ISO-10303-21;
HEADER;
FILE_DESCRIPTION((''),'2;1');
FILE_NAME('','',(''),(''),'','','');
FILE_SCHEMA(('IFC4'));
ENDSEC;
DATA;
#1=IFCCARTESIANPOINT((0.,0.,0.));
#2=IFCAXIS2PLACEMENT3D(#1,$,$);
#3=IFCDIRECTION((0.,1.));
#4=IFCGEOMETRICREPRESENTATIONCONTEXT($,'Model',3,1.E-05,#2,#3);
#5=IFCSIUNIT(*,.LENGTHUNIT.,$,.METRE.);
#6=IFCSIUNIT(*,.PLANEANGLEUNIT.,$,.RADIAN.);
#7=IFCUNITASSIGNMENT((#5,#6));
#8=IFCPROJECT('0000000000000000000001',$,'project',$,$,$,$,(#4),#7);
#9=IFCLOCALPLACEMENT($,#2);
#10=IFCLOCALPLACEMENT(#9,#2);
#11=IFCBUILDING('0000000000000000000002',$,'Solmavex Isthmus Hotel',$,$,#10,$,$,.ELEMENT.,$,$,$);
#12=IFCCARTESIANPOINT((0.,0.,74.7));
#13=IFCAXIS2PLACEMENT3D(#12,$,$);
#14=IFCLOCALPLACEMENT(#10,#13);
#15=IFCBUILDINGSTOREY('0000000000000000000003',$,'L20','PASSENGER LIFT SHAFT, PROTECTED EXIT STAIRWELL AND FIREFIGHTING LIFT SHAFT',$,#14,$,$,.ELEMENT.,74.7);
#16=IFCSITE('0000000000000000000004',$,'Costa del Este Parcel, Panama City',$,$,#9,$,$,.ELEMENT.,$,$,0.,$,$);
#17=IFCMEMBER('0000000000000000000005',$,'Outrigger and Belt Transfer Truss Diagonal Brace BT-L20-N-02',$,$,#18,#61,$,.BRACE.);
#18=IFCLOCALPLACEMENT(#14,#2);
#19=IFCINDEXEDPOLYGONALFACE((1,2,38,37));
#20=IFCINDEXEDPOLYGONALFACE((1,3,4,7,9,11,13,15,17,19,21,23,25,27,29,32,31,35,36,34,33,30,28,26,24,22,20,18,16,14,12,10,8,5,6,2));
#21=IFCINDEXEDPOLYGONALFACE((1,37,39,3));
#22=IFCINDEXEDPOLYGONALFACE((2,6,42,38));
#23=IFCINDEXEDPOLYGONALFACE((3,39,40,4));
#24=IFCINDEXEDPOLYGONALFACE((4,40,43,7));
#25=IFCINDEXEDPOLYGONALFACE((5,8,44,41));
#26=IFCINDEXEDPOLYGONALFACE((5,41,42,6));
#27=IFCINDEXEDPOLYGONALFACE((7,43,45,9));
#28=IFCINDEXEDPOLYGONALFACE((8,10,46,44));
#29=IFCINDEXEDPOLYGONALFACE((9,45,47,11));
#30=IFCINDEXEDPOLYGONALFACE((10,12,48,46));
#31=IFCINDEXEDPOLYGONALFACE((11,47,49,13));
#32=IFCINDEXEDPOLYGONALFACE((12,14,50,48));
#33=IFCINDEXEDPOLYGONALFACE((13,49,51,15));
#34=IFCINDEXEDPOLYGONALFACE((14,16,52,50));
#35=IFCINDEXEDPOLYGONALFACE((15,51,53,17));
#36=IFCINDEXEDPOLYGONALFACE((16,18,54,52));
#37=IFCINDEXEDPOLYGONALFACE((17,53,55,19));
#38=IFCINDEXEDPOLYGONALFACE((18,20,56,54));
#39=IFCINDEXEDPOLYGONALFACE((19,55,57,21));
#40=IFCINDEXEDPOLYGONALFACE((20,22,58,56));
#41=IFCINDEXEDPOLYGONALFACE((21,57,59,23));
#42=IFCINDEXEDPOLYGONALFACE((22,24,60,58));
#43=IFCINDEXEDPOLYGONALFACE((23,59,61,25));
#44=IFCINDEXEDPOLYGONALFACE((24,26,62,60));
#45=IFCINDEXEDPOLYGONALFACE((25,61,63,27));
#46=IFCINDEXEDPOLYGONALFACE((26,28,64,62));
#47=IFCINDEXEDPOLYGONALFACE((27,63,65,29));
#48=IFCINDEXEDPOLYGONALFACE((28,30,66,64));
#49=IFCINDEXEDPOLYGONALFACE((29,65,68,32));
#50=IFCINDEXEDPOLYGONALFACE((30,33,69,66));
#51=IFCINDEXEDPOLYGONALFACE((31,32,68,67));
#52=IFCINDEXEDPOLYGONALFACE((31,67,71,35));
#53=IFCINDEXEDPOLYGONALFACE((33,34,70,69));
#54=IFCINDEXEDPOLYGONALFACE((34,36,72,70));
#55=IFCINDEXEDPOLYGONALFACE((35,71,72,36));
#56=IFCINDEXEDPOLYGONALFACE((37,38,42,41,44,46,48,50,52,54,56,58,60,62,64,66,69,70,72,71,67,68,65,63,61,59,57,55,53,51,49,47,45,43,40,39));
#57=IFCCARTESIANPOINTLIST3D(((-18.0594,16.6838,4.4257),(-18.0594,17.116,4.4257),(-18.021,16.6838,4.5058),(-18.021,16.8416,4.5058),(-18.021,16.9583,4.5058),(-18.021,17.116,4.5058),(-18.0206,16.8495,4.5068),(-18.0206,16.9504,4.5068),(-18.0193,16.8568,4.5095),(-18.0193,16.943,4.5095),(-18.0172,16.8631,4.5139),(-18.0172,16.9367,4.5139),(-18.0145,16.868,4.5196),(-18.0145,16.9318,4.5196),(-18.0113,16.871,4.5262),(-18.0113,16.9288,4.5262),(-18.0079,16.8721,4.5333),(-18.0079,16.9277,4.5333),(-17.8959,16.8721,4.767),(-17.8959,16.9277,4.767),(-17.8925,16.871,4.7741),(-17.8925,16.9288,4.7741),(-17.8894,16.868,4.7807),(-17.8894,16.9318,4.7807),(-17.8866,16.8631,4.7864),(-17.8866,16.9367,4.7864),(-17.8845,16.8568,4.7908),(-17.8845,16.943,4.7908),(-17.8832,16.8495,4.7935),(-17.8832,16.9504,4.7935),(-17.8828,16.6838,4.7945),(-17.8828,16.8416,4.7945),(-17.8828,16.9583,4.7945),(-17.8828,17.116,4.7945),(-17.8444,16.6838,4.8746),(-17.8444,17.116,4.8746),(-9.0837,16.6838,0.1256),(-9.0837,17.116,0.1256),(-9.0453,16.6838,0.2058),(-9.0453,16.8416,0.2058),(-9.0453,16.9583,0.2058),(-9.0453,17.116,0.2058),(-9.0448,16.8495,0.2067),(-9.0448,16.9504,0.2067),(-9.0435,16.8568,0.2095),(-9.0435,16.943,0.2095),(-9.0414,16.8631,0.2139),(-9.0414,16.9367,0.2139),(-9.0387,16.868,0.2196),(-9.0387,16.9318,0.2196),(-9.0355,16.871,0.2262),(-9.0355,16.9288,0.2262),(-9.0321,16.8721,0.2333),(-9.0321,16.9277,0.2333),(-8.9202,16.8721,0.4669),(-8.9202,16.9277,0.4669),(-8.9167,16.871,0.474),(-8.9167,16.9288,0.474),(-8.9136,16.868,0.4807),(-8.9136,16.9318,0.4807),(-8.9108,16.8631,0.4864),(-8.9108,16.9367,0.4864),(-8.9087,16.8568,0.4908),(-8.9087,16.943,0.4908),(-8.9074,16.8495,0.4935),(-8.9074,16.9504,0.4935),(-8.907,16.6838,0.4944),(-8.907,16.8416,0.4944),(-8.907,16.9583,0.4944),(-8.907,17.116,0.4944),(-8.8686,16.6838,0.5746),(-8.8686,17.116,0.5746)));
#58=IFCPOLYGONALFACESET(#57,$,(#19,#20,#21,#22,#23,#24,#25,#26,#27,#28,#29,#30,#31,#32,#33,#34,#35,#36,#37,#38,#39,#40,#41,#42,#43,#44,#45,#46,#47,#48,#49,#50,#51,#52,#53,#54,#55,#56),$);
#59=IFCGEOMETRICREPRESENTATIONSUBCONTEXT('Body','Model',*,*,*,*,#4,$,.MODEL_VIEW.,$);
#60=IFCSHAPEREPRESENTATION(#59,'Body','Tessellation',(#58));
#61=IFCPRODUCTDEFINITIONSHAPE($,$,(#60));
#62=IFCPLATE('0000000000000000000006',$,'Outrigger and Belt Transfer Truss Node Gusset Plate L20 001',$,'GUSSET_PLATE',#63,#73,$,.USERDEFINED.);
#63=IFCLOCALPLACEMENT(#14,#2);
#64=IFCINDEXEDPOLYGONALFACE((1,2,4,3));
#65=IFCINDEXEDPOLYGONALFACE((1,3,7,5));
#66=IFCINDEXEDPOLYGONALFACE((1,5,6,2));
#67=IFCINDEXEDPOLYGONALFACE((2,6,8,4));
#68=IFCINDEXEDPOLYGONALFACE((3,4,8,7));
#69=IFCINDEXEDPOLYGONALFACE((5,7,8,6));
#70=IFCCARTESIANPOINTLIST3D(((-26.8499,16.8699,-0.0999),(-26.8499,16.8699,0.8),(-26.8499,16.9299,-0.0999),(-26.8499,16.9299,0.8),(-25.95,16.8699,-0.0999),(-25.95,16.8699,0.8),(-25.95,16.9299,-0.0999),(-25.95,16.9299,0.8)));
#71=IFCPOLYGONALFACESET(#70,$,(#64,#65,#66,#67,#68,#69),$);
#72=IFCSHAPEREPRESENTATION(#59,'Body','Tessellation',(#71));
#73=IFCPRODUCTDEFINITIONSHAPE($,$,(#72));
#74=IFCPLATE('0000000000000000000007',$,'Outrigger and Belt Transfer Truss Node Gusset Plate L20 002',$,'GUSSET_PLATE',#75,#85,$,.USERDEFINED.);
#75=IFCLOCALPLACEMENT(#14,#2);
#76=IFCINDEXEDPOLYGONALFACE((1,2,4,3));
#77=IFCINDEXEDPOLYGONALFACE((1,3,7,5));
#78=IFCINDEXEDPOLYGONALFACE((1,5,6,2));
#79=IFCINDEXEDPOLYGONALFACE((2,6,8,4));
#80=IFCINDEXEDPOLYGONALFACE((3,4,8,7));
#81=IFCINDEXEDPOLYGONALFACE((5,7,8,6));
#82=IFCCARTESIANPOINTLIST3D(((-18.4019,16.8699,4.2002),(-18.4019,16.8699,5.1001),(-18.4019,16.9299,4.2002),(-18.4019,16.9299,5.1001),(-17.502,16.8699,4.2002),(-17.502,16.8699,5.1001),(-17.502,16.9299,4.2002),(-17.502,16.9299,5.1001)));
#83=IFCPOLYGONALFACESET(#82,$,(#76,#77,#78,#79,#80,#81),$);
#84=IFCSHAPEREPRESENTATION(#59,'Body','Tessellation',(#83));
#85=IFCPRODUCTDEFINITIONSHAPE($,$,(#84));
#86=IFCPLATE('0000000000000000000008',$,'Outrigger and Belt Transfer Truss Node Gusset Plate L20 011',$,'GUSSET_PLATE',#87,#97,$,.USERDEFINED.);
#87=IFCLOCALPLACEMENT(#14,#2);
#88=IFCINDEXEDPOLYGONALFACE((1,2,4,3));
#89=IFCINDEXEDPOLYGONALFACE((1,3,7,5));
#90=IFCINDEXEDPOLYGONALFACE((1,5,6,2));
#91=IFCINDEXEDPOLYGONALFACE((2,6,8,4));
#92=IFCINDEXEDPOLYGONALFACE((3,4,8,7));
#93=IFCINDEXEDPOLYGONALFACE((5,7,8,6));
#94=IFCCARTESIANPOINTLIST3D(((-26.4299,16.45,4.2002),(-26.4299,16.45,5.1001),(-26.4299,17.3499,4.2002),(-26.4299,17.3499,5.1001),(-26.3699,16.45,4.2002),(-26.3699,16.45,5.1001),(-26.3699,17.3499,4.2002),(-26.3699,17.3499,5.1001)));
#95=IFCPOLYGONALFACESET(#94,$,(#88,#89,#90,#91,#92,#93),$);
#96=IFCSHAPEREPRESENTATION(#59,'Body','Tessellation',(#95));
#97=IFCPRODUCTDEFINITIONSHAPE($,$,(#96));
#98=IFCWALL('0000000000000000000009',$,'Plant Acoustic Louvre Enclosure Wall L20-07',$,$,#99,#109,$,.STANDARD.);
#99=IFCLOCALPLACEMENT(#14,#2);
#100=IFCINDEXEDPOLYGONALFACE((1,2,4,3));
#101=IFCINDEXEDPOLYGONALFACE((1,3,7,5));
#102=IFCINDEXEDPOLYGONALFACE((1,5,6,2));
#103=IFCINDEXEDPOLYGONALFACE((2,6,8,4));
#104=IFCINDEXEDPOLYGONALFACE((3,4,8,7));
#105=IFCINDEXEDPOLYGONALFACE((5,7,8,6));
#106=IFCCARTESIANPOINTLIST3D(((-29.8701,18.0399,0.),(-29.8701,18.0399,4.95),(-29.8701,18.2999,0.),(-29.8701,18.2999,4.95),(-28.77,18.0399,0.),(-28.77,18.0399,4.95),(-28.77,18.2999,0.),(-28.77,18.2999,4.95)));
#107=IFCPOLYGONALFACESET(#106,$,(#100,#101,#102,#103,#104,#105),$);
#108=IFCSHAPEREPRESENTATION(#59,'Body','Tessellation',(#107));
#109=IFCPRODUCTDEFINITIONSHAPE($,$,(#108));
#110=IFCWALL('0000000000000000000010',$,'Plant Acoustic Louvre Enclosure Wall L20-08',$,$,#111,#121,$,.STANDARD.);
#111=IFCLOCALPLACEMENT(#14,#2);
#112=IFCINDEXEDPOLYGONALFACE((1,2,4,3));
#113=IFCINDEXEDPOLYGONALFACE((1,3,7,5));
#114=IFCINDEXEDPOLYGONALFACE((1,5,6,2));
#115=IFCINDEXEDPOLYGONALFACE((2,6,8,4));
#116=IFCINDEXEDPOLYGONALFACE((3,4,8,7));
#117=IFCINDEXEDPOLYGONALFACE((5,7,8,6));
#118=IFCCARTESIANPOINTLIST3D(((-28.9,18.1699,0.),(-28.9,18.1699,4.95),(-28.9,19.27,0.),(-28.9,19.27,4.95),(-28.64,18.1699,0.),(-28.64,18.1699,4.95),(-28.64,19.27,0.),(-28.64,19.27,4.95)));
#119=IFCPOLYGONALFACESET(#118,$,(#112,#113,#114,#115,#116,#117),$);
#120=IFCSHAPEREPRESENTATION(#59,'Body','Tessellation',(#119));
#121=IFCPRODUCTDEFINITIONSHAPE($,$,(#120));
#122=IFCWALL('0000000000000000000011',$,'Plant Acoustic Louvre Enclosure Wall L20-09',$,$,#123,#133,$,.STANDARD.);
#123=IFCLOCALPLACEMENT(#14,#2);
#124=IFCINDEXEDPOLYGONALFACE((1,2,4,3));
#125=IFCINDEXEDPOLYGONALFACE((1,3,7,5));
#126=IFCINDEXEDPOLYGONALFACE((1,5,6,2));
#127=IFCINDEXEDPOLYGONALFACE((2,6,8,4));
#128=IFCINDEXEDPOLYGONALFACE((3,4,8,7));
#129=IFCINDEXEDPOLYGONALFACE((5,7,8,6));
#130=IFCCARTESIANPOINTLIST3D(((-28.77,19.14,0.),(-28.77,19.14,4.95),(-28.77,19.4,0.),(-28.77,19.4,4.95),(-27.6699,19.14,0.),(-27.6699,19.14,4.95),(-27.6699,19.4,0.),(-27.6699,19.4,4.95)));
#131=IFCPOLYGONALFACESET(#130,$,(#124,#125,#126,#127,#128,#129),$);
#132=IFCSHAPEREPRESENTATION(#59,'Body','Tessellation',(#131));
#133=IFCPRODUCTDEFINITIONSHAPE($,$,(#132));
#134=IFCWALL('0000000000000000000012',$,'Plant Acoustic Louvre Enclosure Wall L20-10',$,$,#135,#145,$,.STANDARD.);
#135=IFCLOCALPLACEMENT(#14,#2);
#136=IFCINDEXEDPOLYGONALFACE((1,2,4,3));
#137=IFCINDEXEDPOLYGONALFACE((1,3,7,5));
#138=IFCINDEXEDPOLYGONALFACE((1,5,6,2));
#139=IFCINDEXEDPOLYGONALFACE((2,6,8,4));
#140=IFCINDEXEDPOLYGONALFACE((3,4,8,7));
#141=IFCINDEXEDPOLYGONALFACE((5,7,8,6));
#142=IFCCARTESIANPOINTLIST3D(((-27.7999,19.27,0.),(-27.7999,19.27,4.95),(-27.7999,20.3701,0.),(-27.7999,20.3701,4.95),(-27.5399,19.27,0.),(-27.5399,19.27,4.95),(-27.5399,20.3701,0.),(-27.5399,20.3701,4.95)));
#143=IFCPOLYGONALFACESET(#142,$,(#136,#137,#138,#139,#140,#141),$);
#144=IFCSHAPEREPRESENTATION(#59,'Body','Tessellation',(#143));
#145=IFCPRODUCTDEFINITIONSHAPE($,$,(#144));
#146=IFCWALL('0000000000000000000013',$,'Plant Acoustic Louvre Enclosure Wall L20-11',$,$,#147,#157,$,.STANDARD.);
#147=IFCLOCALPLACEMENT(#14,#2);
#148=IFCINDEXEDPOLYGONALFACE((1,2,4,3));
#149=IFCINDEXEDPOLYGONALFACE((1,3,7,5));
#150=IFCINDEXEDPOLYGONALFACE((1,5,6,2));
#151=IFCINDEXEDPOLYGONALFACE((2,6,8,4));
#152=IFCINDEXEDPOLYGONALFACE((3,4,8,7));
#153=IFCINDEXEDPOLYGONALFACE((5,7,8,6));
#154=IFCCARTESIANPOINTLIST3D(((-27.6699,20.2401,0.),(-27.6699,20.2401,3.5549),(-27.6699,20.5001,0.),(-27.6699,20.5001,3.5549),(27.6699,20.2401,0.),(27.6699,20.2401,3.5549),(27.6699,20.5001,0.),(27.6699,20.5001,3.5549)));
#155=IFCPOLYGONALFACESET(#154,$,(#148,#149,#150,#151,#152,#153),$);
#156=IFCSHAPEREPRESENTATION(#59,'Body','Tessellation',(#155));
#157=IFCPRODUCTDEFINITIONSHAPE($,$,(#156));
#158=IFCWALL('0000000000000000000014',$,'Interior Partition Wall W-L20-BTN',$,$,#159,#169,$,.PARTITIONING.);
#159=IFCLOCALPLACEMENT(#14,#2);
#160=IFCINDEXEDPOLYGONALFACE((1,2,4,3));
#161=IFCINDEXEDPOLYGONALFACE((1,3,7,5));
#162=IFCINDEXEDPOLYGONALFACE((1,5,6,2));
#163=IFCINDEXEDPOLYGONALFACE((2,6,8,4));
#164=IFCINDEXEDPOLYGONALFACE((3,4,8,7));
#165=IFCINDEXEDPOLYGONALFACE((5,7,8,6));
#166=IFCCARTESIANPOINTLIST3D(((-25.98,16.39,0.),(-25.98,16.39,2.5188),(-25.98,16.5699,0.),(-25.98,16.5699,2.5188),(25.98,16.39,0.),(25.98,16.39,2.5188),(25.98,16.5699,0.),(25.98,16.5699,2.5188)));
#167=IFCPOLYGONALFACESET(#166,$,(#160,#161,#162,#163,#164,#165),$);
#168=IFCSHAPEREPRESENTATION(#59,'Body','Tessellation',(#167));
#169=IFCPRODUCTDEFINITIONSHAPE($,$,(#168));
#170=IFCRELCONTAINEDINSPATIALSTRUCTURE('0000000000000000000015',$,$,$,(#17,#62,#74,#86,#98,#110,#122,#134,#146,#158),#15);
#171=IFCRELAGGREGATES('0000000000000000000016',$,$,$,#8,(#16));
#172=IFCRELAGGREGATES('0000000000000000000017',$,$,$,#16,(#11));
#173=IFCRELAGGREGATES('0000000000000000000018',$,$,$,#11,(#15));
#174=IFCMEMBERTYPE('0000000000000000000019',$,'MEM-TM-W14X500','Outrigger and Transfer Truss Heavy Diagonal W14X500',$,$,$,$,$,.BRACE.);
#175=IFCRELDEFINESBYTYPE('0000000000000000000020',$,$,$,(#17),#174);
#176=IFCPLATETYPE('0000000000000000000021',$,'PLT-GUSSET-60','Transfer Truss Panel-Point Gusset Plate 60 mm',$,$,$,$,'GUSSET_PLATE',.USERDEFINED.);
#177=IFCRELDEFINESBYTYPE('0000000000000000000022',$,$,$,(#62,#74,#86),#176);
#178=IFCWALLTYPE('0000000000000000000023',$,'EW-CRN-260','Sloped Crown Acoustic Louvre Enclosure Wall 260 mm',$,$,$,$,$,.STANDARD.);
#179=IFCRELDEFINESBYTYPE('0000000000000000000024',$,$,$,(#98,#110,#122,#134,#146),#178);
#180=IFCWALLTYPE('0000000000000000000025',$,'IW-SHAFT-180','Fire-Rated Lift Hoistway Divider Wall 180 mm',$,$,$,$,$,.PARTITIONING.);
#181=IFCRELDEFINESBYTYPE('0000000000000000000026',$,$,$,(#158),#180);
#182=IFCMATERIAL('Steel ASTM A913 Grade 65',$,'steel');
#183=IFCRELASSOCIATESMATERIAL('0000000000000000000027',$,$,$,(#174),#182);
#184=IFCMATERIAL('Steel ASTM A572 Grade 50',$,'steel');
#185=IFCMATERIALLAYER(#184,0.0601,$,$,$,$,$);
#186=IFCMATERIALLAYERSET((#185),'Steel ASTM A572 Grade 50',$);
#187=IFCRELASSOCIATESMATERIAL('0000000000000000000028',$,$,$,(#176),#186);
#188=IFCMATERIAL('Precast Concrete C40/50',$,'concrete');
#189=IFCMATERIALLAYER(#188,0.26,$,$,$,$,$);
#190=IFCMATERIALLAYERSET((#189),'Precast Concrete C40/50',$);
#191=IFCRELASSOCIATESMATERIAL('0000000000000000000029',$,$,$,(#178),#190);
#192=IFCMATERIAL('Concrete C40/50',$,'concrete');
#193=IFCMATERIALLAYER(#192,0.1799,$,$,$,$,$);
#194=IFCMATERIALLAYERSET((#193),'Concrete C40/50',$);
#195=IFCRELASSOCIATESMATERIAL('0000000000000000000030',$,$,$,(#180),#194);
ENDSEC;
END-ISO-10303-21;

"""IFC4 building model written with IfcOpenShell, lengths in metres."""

from ifc_helpers import new_model, si_unit, direction, frame, frame_2d, origin, origin_2d, place, context, subcontext, project, spatial, rectangle, i_section, extrude, material, layer, layer_set, material_profile, profile_set, type_object, element, save


model = new_model("IFC4")

# Units and contexts
model_context = context("Model", 3, precision=1e-05, world=origin(), true_north=direction((0.0, 1.0)))
body_context = subcontext(model_context, "Body", "Model", "MODEL_VIEW")
ifc_project = project(units=[si_unit("LENGTHUNIT", "METRE"), si_unit("PLANEANGLEUNIT", "RADIAN")], contexts=[model_context])

# Site, building, storey
site_placement = place(None, origin())
site = spatial("IfcSite", under=ifc_project, at=site_placement, Name="Costa del Este Parcel, Panama City", CompositionType="ELEMENT", RefElevation=0.0)
building_placement = place(site_placement, origin())
building = spatial("IfcBuilding", under=site, at=building_placement, Name="Solmavex Isthmus Hotel", CompositionType="ELEMENT")
storey_placement = place(building_placement, frame((0.0, 0.0, 74.7)))
storey = spatial("IfcBuildingStorey", under=building, at=storey_placement, Name="L20", Description="PASSENGER LIFT SHAFT, PROTECTED EXIT STAIRWELL AND FIREFIGHTING LIFT SHAFT", CompositionType="ELEMENT", Elevation=74.7)

# Shared definitions
ifc_material_1 = material(Name="Steel ASTM A913 Grade 65", Category="steel")

# Member
ifc_material_profile_1 = material_profile(ifc_material_1, i_section(OverallWidth=0.4321, OverallDepth=0.4978, WebThickness=0.0557, FlangeThickness=0.0889, FilletRadius=0.0305, at=origin_2d()), Name="W14X500")
ifc_profile_set_1 = profile_set([ifc_material_profile_1], Name="Steel ASTM A913 Grade 65")
member_type_1 = type_object("IfcMemberType", Name="MEM-TM-W14X500", Description="Outrigger and Transfer Truss Heavy Diagonal W14X500", PredefinedType="BRACE", material=ifc_profile_set_1)
member_1_placement = place(storey_placement, frame((-17.9519, 16.8999, 4.6501), z_axis=(0.90185, 0.0, -0.432049), x_axis=(0.0, 1.0, 0.0)))
element("IfcMember", 1, at=member_1_placement, inside=storey, type_object=member_type_1, Name="Outrigger and Belt Transfer Truss Diagonal Brace BT-L20-N-02", PredefinedType="BRACE", context=body_context, shape_type="SweptSolid", body=[
    extrude(i_section(OverallWidth=0.4321, OverallDepth=0.4978, WebThickness=0.0557, FlangeThickness=0.0889, FilletRadius=0.0305, at=origin_2d()), origin(), (0.0, 0.0, 1.0), 9.9526),
])

# Plates
ifc_material_2 = material(Name="Steel ASTM A572 Grade 50", Category="steel")
ifc_layer_1 = layer(ifc_material_2, 0.0601)
ifc_layer_set_1 = layer_set([ifc_layer_1], Name="Steel ASTM A572 Grade 50")
plate_type = type_object("IfcPlateType", Name="PLT-GUSSET-60", Description="Transfer Truss Panel-Point Gusset Plate 60 mm", ElementType="GUSSET_PLATE", PredefinedType="USERDEFINED", material=ifc_layer_set_1)
for number, where, z_axis, x_axis, name in (
    (2, (-26.3999, 16.8999, -0.0999), (0.0, 0.0, 1.0), (1.0, 0.0, 0.0), "Outrigger and Belt Transfer Truss Node Gusset Plate L20 001"),
    (3, (-17.9519, 16.8999, 4.2002), (0.0, 0.0, 1.0), (1.0, 0.0, 0.0), "Outrigger and Belt Transfer Truss Node Gusset Plate L20 002"),
    (4, (-26.3999, 16.8999, 4.2002), (0.0, 0.0, 1.0), (0.0, 1.0, 0.0), "Outrigger and Belt Transfer Truss Node Gusset Plate L20 011"),
):
    element("IfcPlate", number, at=place(storey_placement, frame(where, z_axis=z_axis, x_axis=x_axis)), inside=storey, type_object=plate_type, Name=name, ObjectType="GUSSET_PLATE", PredefinedType="USERDEFINED", context=body_context, shape_type="SweptSolid", body=[
        extrude(rectangle(XDim=0.8999, YDim=0.0601, at=origin_2d()), origin(), (0.0, 0.0, 1.0), 0.8999),
    ])

# Walls
ifc_material_3 = material(Name="Precast Concrete C40/50", Category="concrete")
ifc_layer_2 = layer(ifc_material_3, 0.26)
ifc_layer_set_2 = layer_set([ifc_layer_2], Name="Precast Concrete C40/50")
wall_type_1 = type_object("IfcWallType", Name="EW-CRN-260", Description="Sloped Crown Acoustic Louvre Enclosure Wall 260 mm", PredefinedType="STANDARD", material=ifc_layer_set_2)
for number, where, z_axis, x_axis, name in (
    (5, (-29.8701, 18.1699, 0.0), (0.0, 0.0, 1.0), (1.0, 0.0, 0.0), "Plant Acoustic Louvre Enclosure Wall L20-07"),
    (6, (-28.77, 18.1699, 0.0), (0.0, 0.0, 1.0), (0.0, 1.0, 0.0), "Plant Acoustic Louvre Enclosure Wall L20-08"),
    (7, (-28.77, 19.27, 0.0), (0.0, 0.0, 1.0), (1.0, 0.0, 0.0), "Plant Acoustic Louvre Enclosure Wall L20-09"),
    (8, (-27.6699, 19.27, 0.0), (0.0, 0.0, 1.0), (0.0, 1.0, 0.0), "Plant Acoustic Louvre Enclosure Wall L20-10"),
):
    element("IfcWall", number, at=place(storey_placement, frame(where, z_axis=z_axis, x_axis=x_axis)), inside=storey, type_object=wall_type_1, Name=name, PredefinedType="STANDARD", context=body_context, shape_type="SweptSolid", body=[
        extrude(rectangle(XDim=1.1001, YDim=0.26, at=frame_2d((0.55, 0.0))), origin(), (0.0, 0.0, 1.0), 4.95),
    ])
wall_1_placement = place(storey_placement, frame((-27.6699, 20.3701, 0.0), z_axis=(0.0, 0.0, 1.0), x_axis=(1.0, 0.0, 0.0)))
element("IfcWall", 9, at=wall_1_placement, inside=storey, type_object=wall_type_1, Name="Plant Acoustic Louvre Enclosure Wall L20-11", PredefinedType="STANDARD", context=body_context, shape_type="SweptSolid", body=[
    extrude(rectangle(XDim=55.3398, YDim=0.26, at=frame_2d((27.6699, 0.0))), origin(), (0.0, 0.0, 1.0), 3.5549),
])
ifc_material_4 = material(Name="Concrete C40/50", Category="concrete")
ifc_layer_3 = layer(ifc_material_4, 0.1799)
ifc_layer_set_3 = layer_set([ifc_layer_3], Name="Concrete C40/50")
wall_type_2 = type_object("IfcWallType", Name="IW-SHAFT-180", Description="Fire-Rated Lift Hoistway Divider Wall 180 mm", PredefinedType="PARTITIONING", material=ifc_layer_set_3)
wall_2_placement = place(storey_placement, frame((-25.98, 16.48, 0.0), z_axis=(0.0, 0.0, 1.0), x_axis=(1.0, 0.0, 0.0)))
element("IfcWall", 10, at=wall_2_placement, inside=storey, type_object=wall_type_2, Name="Interior Partition Wall W-L20-BTN", PredefinedType="PARTITIONING", context=body_context, shape_type="SweptSolid", body=[
    extrude(rectangle(XDim=51.96, YDim=0.1799, at=frame_2d((25.98, 0.0))), origin(), (0.0, 0.0, 1.0), 2.5188),
])

save(model, "model.ifc")
